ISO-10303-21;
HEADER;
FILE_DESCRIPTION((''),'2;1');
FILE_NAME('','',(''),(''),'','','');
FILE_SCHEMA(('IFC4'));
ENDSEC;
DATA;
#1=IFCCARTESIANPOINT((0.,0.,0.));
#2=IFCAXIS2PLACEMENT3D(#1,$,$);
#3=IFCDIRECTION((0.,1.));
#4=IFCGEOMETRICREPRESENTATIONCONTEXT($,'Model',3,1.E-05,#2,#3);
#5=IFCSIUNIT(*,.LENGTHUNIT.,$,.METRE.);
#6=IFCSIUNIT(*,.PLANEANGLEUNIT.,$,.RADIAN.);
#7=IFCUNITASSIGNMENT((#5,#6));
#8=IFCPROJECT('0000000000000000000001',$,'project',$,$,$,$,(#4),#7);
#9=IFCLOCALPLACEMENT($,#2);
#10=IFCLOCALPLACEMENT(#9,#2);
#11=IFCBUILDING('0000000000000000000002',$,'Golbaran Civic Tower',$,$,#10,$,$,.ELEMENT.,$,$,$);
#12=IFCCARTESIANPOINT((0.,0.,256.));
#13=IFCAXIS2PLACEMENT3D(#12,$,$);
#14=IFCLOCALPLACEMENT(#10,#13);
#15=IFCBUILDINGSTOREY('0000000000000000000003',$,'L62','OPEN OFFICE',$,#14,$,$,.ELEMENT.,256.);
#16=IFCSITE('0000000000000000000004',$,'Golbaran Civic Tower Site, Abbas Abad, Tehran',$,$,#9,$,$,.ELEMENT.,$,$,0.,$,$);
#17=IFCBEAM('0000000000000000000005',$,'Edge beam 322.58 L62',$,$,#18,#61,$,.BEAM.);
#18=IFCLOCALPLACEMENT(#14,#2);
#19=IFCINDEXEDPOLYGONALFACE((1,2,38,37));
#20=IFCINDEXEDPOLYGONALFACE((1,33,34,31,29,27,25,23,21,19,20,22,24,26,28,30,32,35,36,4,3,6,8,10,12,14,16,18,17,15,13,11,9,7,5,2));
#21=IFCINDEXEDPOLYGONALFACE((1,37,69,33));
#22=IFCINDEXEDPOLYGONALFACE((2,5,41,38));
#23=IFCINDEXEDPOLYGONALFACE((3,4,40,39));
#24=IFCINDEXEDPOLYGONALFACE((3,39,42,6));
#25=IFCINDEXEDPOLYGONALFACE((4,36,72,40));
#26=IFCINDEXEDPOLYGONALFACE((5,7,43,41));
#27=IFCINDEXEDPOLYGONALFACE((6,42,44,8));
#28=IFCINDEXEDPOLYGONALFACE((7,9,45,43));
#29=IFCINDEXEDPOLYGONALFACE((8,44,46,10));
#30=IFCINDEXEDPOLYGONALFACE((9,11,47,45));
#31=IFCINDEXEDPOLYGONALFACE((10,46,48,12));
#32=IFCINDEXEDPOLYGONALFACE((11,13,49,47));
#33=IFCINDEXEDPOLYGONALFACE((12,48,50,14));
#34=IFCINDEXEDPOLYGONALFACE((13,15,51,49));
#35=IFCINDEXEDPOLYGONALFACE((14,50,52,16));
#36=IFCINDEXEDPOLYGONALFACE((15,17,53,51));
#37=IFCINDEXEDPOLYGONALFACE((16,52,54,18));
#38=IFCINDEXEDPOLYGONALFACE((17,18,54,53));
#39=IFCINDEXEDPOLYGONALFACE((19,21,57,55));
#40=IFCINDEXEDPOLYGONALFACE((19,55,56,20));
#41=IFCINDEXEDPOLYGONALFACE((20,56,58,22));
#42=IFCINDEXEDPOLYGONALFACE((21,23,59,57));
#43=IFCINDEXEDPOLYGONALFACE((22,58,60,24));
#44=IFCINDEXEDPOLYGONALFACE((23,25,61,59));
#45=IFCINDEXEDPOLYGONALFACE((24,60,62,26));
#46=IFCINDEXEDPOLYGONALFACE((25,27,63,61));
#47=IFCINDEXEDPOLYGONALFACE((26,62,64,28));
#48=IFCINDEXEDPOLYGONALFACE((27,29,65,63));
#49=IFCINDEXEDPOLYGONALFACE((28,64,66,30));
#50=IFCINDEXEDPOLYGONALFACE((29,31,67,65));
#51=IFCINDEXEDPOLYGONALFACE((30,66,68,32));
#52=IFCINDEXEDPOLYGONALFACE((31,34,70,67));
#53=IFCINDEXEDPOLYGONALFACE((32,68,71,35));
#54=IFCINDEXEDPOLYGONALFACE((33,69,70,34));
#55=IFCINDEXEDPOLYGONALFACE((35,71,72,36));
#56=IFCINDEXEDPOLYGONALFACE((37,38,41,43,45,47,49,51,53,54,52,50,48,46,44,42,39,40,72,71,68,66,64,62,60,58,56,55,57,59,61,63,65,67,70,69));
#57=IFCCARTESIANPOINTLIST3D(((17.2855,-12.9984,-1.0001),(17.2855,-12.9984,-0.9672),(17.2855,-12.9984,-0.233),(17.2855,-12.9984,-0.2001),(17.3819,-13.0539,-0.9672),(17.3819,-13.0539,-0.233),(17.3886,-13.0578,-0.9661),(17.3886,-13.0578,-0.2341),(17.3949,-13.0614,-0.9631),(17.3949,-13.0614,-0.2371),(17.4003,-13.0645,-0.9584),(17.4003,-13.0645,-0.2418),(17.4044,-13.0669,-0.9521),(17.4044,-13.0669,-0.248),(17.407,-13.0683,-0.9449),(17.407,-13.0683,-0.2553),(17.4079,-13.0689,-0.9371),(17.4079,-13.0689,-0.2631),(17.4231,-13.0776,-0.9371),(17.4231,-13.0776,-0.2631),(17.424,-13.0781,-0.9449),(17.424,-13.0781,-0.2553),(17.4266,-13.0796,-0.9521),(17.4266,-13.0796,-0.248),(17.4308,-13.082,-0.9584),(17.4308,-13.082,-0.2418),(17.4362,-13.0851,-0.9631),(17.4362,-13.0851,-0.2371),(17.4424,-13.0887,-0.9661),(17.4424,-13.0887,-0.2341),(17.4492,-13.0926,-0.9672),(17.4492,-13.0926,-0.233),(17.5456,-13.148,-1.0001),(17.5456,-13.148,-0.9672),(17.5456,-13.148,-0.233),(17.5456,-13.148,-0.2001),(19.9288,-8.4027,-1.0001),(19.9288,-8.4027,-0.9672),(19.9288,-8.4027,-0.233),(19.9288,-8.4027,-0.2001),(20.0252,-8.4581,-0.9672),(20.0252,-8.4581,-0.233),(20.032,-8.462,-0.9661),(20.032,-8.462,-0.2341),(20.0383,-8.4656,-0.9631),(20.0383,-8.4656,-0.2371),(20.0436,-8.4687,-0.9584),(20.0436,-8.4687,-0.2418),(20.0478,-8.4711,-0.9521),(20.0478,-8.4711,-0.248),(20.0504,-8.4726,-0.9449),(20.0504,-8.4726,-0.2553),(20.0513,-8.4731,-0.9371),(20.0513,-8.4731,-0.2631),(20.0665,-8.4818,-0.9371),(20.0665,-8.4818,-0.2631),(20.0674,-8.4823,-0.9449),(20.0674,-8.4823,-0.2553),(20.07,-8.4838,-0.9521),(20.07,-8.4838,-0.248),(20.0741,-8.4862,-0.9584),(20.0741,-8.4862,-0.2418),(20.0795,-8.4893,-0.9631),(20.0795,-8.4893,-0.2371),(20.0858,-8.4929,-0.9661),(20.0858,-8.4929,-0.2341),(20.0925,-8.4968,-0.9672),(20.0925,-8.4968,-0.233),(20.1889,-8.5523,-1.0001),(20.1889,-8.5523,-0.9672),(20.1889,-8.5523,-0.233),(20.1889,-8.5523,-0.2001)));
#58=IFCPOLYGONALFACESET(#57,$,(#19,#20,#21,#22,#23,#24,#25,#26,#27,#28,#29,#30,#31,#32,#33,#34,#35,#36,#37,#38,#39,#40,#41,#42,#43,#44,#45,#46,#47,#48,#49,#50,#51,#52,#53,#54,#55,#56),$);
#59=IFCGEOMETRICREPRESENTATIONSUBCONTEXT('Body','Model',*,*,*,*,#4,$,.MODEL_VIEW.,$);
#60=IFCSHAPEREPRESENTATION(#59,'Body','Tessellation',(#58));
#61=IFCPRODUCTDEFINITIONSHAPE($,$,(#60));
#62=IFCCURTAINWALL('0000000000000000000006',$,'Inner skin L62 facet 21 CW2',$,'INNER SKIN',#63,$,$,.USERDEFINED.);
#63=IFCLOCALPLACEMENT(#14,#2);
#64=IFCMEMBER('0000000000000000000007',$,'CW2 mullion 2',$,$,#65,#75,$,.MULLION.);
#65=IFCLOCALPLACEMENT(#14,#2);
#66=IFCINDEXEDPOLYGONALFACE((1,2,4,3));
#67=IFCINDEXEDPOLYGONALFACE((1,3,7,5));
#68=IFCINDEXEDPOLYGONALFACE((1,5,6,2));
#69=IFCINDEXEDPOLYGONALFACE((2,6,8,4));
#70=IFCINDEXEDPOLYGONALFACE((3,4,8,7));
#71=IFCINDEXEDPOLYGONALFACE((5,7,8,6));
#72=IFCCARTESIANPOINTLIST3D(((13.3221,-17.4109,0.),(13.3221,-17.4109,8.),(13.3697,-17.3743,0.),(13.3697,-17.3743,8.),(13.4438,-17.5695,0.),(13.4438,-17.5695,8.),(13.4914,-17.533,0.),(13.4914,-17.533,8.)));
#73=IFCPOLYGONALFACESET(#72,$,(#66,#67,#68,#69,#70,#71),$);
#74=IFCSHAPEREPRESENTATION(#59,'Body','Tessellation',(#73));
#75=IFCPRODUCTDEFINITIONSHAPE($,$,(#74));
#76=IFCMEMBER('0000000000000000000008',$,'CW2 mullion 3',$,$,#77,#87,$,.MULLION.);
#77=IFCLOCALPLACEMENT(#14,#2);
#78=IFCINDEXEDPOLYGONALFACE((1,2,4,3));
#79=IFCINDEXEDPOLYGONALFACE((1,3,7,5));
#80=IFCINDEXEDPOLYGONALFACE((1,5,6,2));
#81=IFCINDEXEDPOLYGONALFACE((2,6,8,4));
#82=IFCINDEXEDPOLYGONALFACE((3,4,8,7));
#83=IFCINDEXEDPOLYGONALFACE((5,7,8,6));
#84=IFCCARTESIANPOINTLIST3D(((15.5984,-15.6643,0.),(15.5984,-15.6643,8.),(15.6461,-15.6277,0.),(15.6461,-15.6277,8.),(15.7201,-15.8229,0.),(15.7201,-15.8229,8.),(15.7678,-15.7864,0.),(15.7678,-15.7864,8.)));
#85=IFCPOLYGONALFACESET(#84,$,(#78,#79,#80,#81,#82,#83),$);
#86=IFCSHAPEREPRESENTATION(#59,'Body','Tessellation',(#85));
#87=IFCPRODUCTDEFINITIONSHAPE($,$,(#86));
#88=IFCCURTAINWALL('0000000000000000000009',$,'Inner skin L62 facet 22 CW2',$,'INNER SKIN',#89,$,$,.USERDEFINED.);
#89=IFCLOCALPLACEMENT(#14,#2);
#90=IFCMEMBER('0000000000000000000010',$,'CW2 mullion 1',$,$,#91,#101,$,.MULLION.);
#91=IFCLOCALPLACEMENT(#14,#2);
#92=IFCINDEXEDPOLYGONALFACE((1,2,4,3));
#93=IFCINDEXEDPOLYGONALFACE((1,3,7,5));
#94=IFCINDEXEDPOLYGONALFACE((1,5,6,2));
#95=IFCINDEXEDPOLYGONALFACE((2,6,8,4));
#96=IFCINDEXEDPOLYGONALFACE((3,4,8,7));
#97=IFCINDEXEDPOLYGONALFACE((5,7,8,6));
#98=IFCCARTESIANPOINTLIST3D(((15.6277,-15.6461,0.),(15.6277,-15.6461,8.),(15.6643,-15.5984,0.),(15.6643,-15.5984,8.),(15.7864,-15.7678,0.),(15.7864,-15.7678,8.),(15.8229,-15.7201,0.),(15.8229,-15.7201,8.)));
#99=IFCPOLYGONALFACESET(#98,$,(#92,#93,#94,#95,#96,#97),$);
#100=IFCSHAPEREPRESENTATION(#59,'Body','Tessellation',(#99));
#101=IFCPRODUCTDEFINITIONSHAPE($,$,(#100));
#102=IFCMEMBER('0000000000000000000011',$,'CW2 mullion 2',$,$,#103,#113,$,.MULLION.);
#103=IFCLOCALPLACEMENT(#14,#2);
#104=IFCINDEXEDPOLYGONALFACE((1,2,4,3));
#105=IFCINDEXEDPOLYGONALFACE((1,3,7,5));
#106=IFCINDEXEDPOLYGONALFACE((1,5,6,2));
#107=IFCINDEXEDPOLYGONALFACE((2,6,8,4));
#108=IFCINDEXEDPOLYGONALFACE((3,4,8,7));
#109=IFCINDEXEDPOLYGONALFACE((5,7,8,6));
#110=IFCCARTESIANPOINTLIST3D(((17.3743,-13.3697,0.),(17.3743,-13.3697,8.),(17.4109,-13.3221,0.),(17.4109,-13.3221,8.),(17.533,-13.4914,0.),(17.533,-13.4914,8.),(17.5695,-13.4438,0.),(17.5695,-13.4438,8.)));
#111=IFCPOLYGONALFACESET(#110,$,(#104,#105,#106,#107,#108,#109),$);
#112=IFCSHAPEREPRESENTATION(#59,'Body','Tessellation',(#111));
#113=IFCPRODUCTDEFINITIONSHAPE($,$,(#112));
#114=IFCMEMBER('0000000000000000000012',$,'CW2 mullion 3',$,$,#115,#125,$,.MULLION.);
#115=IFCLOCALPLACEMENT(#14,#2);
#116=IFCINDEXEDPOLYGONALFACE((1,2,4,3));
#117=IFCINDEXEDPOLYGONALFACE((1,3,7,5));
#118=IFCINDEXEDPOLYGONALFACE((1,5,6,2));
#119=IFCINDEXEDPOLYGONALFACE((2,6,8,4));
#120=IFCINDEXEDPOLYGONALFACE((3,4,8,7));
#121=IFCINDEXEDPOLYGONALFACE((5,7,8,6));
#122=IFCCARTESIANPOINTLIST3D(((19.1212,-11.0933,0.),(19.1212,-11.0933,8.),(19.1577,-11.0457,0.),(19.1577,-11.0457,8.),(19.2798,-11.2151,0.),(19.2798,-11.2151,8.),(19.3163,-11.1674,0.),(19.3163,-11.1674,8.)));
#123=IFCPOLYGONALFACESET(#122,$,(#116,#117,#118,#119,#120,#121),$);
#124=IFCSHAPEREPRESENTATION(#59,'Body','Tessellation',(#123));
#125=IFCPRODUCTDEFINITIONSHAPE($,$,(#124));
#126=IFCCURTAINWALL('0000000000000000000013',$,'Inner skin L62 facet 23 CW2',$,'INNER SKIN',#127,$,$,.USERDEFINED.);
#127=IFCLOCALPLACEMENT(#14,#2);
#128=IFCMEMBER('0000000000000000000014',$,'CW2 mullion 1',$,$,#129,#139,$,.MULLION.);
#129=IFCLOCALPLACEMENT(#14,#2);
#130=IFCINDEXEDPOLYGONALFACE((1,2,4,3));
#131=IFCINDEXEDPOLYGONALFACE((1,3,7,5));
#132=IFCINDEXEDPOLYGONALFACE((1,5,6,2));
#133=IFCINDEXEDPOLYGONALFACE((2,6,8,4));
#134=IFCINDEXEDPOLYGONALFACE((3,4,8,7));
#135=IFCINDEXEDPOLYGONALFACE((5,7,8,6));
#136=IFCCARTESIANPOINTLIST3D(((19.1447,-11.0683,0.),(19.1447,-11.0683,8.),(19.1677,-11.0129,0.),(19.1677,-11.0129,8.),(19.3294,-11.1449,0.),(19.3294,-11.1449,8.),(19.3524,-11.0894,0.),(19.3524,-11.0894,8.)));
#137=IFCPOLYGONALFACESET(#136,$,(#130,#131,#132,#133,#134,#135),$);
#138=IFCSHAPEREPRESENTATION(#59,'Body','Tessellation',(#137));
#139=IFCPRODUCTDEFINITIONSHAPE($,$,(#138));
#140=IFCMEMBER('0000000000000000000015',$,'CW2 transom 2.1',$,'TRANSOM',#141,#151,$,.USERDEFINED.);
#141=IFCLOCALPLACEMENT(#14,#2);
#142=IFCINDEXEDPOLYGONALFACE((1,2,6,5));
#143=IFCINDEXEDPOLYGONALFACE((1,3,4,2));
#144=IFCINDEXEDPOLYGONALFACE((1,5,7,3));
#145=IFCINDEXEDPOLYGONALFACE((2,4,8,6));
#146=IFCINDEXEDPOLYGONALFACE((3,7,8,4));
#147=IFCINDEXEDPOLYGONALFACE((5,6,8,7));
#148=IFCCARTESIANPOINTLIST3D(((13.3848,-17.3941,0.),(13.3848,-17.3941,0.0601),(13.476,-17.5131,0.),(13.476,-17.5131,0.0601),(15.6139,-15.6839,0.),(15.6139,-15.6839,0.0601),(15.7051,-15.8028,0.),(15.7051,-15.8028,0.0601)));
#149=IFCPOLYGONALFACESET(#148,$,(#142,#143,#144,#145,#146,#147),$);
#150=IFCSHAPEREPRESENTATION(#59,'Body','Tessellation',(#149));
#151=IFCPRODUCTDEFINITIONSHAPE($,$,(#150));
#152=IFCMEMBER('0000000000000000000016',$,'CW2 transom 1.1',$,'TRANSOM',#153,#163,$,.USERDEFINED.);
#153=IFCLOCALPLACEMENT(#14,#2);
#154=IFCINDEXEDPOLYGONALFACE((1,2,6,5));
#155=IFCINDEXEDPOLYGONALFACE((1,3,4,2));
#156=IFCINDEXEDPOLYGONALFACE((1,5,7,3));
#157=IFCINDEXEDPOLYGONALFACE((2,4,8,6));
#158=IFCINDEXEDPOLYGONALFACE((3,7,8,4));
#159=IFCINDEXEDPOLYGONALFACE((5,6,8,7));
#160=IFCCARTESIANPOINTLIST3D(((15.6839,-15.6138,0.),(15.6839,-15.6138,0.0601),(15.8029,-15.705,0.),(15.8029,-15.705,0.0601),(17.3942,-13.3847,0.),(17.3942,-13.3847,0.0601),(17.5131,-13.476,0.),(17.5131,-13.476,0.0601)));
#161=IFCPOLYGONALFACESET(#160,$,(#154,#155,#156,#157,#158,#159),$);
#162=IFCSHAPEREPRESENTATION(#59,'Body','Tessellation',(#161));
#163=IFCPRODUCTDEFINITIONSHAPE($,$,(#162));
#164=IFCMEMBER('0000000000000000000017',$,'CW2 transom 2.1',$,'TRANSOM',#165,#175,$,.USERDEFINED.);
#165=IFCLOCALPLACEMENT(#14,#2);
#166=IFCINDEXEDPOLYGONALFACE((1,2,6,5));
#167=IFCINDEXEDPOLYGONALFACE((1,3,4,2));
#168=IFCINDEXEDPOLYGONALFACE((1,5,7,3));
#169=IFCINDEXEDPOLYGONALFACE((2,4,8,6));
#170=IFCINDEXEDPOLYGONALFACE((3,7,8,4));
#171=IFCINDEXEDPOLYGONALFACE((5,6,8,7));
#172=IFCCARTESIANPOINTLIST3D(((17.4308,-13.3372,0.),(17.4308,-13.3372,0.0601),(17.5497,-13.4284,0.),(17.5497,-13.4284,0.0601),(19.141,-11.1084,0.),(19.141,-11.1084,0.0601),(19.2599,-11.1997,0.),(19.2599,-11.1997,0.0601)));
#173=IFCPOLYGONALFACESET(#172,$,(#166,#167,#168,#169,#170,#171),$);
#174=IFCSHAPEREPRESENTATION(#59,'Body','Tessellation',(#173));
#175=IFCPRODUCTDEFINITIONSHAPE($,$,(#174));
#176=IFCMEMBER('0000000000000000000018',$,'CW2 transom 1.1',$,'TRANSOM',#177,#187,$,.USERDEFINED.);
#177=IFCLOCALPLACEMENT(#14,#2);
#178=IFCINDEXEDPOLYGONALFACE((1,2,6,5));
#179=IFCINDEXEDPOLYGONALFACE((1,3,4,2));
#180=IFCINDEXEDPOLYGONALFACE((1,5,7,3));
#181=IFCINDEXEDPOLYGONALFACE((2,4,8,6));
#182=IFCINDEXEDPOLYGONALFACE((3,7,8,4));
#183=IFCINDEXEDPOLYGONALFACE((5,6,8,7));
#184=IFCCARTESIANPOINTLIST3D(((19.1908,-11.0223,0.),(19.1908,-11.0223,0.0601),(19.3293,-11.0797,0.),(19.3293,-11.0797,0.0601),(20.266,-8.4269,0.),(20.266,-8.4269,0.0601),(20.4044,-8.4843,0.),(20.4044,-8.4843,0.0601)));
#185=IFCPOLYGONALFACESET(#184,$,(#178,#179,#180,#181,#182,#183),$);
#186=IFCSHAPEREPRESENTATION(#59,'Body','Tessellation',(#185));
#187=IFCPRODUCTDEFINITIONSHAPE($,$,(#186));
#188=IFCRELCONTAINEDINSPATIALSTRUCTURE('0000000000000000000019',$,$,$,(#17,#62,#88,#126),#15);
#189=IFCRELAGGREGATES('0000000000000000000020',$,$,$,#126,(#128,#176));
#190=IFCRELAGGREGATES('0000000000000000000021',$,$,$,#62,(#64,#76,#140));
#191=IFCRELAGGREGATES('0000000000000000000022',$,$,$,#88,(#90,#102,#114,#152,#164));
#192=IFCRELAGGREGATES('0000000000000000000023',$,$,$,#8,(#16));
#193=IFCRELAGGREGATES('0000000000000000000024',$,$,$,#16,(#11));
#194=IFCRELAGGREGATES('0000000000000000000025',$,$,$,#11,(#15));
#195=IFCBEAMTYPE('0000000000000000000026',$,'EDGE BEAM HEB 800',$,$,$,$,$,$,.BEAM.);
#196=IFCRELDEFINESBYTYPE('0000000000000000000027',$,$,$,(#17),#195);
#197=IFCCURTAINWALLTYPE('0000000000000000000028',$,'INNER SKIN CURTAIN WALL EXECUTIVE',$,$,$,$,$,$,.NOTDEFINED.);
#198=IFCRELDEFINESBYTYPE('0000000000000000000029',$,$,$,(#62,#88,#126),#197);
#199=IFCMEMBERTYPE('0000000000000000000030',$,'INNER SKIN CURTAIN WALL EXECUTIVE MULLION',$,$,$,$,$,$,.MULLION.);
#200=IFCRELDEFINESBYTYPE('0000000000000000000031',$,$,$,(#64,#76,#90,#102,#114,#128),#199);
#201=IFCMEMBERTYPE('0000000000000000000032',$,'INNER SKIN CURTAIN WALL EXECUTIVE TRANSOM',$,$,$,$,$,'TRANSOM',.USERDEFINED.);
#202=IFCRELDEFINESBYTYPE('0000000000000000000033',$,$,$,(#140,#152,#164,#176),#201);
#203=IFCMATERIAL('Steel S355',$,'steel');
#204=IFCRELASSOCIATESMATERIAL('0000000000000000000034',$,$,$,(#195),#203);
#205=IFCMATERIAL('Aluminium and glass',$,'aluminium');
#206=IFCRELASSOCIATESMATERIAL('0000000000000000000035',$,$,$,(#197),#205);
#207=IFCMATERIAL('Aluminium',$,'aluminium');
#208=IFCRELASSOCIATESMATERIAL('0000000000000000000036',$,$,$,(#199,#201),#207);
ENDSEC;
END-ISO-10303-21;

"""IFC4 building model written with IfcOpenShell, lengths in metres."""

from ifc_helpers import new_model, si_unit, direction, frame, origin, origin_2d, place, context, subcontext, project, spatial, rectangle, i_section, extrude, material, material_profile, profile_set, type_object, element, aggregate, save


model = new_model("IFC4")

# Units and contexts
model_context = context("Model", 3, precision=1e-05, world=origin(), true_north=direction((0.0, 1.0)))
body_context = subcontext(model_context, "Body", "Model", "MODEL_VIEW")
ifc_project = project(units=[si_unit("LENGTHUNIT", "METRE"), si_unit("PLANEANGLEUNIT", "RADIAN")], contexts=[model_context])

# Site, building, storey
site_placement = place(None, origin())
site = spatial("IfcSite", under=ifc_project, at=site_placement, Name="Golbaran Civic Tower Site, Abbas Abad, Tehran", CompositionType="ELEMENT", RefElevation=0.0)
building_placement = place(site_placement, origin())
building = spatial("IfcBuilding", under=site, at=building_placement, Name="Golbaran Civic Tower", CompositionType="ELEMENT")
storey_placement = place(building_placement, frame((0.0, 0.0, 256.0)))
storey = spatial("IfcBuildingStorey", under=building, at=storey_placement, Name="L62", Description="OPEN OFFICE", CompositionType="ELEMENT", Elevation=256.0)

# Beam
ifc_material_1 = material(Name="Steel S355", Category="steel")
ifc_material_profile_1 = material_profile(ifc_material_1, i_section(OverallWidth=0.3, OverallDepth=0.8, WebThickness=0.0176, FlangeThickness=0.033, FilletRadius=0.03, at=origin_2d()), Name="HEB 800")
ifc_profile_set_1 = profile_set([ifc_material_profile_1], Name="Steel S355")
beam_type = type_object("IfcBeamType", Name="EDGE BEAM HEB 800", PredefinedType="BEAM", material=ifc_profile_set_1)
beam_placement = place(storey_placement, frame((17.4155, -13.0732, -0.6001), z_axis=(0.498582, 0.866843, 0.0), x_axis=(-0.866843, 0.498582, 0.0)))
element("IfcBeam", 1, at=beam_placement, inside=storey, type_object=beam_type, Name="Edge beam 322.58 L62", PredefinedType="BEAM", context=body_context, shape_type="SweptSolid", body=[
    extrude(i_section(OverallWidth=0.3, OverallDepth=0.8, WebThickness=0.0176, FlangeThickness=0.033, FilletRadius=0.03, at=origin_2d()), origin(), (0.0, 0.0, 1.0), 5.3018),
])

# Curtain walls, members
ifc_material_2 = material(Name="Aluminium and glass", Category="aluminium")
curtain_wall_type = type_object("IfcCurtainWallType", Name="INNER SKIN CURTAIN WALL EXECUTIVE", PredefinedType="NOTDEFINED", material=ifc_material_2)
curtain_wall_1_placement = place(storey_placement, origin())
curtain_wall_1 = element("IfcCurtainWall", 2, at=curtain_wall_1_placement, inside=storey, type_object=curtain_wall_type, Name="Inner skin L62 facet 21 CW2", ObjectType="INNER SKIN", PredefinedType="USERDEFINED")
ifc_material_3 = material(Name="Aluminium", Category="aluminium")
ifc_material_profile_2 = material_profile(ifc_material_3, rectangle(XDim=0.2, YDim=0.0601, at=origin_2d()), Name="INNER SKIN CURTAIN WALL EXECUTIVE MULLION")
ifc_profile_set_2 = profile_set([ifc_material_profile_2], Name="Aluminium")
member_type_1 = type_object("IfcMemberType", Name="INNER SKIN CURTAIN WALL EXECUTIVE MULLION", PredefinedType="MULLION", material=ifc_profile_set_2)
member_1_placement = place(storey_placement, frame((13.4067, -17.4719, 0.0), z_axis=(0.0, 0.0, 1.0), x_axis=(-0.608761, 0.793353, 0.0)))
member_1 = element("IfcMember", 3, at=member_1_placement, type_object=member_type_1, Name="CW2 mullion 2", PredefinedType="MULLION", context=body_context, shape_type="SweptSolid", body=[
    extrude(rectangle(XDim=0.2, YDim=0.0601, at=origin_2d()), origin(), (0.0, 0.0, 1.0), 8.0),
])
member_2_placement = place(storey_placement, frame((15.6831, -15.7253, 0.0), z_axis=(0.0, 0.0, 1.0), x_axis=(-0.608761, 0.793353, 0.0)))
member_2 = element("IfcMember", 4, at=member_2_placement, type_object=member_type_1, Name="CW2 mullion 3", PredefinedType="MULLION", context=body_context, shape_type="SweptSolid", body=[
    extrude(rectangle(XDim=0.2, YDim=0.0601, at=origin_2d()), origin(), (0.0, 0.0, 1.0), 8.0),
])
curtain_wall_2_placement = place(storey_placement, origin())
curtain_wall_2 = element("IfcCurtainWall", 5, at=curtain_wall_2_placement, inside=storey, type_object=curtain_wall_type, Name="Inner skin L62 facet 22 CW2", ObjectType="INNER SKIN", PredefinedType="USERDEFINED")
member_3_placement = place(storey_placement, frame((15.7253, -15.6831, 0.0), z_axis=(0.0, 0.0, 1.0), x_axis=(-0.793353, 0.608761, 0.0)))
member_3 = element("IfcMember", 6, at=member_3_placement, type_object=member_type_1, Name="CW2 mullion 1", PredefinedType="MULLION", context=body_context, shape_type="SweptSolid", body=[
    extrude(rectangle(XDim=0.2, YDim=0.0601, at=origin_2d()), origin(), (0.0, 0.0, 1.0), 8.0),
])
member_4_placement = place(storey_placement, frame((17.4719, -13.4067, 0.0), z_axis=(0.0, 0.0, 1.0), x_axis=(-0.793353, 0.608761, 0.0)))
member_4 = element("IfcMember", 7, at=member_4_placement, type_object=member_type_1, Name="CW2 mullion 2", PredefinedType="MULLION", context=body_context, shape_type="SweptSolid", body=[
    extrude(rectangle(XDim=0.2, YDim=0.0601, at=origin_2d()), origin(), (0.0, 0.0, 1.0), 8.0),
])
member_5_placement = place(storey_placement, frame((19.2188, -11.1304, 0.0), z_axis=(0.0, 0.0, 1.0), x_axis=(-0.793353, 0.608761, 0.0)))
member_5 = element("IfcMember", 8, at=member_5_placement, type_object=member_type_1, Name="CW2 mullion 3", PredefinedType="MULLION", context=body_context, shape_type="SweptSolid", body=[
    extrude(rectangle(XDim=0.2, YDim=0.0601, at=origin_2d()), origin(), (0.0, 0.0, 1.0), 8.0),
])

# Curtain wall, member
curtain_wall_3_placement = place(storey_placement, origin())
curtain_wall_3 = element("IfcCurtainWall", 9, at=curtain_wall_3_placement, inside=storey, type_object=curtain_wall_type, Name="Inner skin L62 facet 23 CW2", ObjectType="INNER SKIN", PredefinedType="USERDEFINED")
member_6_placement = place(storey_placement, frame((19.2485, -11.0789, 0.0), z_axis=(0.0, 0.0, 1.0), x_axis=(-0.92388, 0.382683, 0.0)))
member_6 = element("IfcMember", 10, at=member_6_placement, type_object=member_type_1, Name="CW2 mullion 1", PredefinedType="MULLION", context=body_context, shape_type="SweptSolid", body=[
    extrude(rectangle(XDim=0.2, YDim=0.0601, at=origin_2d()), origin(), (0.0, 0.0, 1.0), 8.0),
])

# Members
ifc_material_profile_3 = material_profile(ifc_material_3, rectangle(XDim=0.1499, YDim=0.0601, at=origin_2d()), Name="INNER SKIN CURTAIN WALL EXECUTIVE TRANSOM")
ifc_profile_set_3 = profile_set([ifc_material_profile_3], Name="Aluminium")
member_type_2 = type_object("IfcMemberType", Name="INNER SKIN CURTAIN WALL EXECUTIVE TRANSOM", ElementType="TRANSOM", PredefinedType="USERDEFINED", material=ifc_profile_set_3)
member_7_placement = place(storey_placement, frame((13.4304, -17.4536, 0.03), z_axis=(0.793383, 0.608723, 0.0), x_axis=(-0.608723, 0.793383, 0.0)))
member_7 = element("IfcMember", 11, at=member_7_placement, type_object=member_type_2, Name="CW2 transom 2.1", ObjectType="TRANSOM", PredefinedType="USERDEFINED", context=body_context, shape_type="SweptSolid", body=[
    extrude(rectangle(XDim=0.1499, YDim=0.0601, at=origin_2d()), origin(), (0.0, 0.0, 1.0), 2.8096),
])
member_8_placement = place(storey_placement, frame((15.7434, -15.6594, 0.03), z_axis=(0.608723, 0.793383, 0.0), x_axis=(-0.793383, 0.608723, 0.0)))
member_8 = element("IfcMember", 12, at=member_8_placement, type_object=member_type_2, Name="CW2 transom 1.1", ObjectType="TRANSOM", PredefinedType="USERDEFINED", context=body_context, shape_type="SweptSolid", body=[
    extrude(rectangle(XDim=0.1499, YDim=0.0601, at=origin_2d()), origin(), (0.0, 0.0, 1.0), 2.8096),
])
member_9_placement = place(storey_placement, frame((17.4902, -13.3828, 0.03), z_axis=(0.608765, 0.79335, 0.0), x_axis=(-0.79335, 0.608765, 0.0)))
member_9 = element("IfcMember", 13, at=member_9_placement, type_object=member_type_2, Name="CW2 transom 2.1", ObjectType="TRANSOM", PredefinedType="USERDEFINED", context=body_context, shape_type="SweptSolid", body=[
    extrude(rectangle(XDim=0.1499, YDim=0.0601, at=origin_2d()), origin(), (0.0, 0.0, 1.0), 2.8093),
])
member_10_placement = place(storey_placement, frame((19.26, -11.051, 0.03), z_axis=(0.38272, 0.923864, 0.0), x_axis=(-0.923864, 0.38272, 0.0)))
member_10 = element("IfcMember", 14, at=member_10_placement, type_object=member_type_2, Name="CW2 transom 1.1", ObjectType="TRANSOM", PredefinedType="USERDEFINED", context=body_context, shape_type="SweptSolid", body=[
    extrude(rectangle(XDim=0.1499, YDim=0.0601, at=origin_2d()), origin(), (0.0, 0.0, 1.0), 2.8093),
])

aggregate(curtain_wall_3, [member_6, member_10])
aggregate(curtain_wall_1, [member_1, member_2, member_7])
aggregate(curtain_wall_2, [member_3, member_4, member_5, member_8, member_9])

save(model, "model.ifc")
